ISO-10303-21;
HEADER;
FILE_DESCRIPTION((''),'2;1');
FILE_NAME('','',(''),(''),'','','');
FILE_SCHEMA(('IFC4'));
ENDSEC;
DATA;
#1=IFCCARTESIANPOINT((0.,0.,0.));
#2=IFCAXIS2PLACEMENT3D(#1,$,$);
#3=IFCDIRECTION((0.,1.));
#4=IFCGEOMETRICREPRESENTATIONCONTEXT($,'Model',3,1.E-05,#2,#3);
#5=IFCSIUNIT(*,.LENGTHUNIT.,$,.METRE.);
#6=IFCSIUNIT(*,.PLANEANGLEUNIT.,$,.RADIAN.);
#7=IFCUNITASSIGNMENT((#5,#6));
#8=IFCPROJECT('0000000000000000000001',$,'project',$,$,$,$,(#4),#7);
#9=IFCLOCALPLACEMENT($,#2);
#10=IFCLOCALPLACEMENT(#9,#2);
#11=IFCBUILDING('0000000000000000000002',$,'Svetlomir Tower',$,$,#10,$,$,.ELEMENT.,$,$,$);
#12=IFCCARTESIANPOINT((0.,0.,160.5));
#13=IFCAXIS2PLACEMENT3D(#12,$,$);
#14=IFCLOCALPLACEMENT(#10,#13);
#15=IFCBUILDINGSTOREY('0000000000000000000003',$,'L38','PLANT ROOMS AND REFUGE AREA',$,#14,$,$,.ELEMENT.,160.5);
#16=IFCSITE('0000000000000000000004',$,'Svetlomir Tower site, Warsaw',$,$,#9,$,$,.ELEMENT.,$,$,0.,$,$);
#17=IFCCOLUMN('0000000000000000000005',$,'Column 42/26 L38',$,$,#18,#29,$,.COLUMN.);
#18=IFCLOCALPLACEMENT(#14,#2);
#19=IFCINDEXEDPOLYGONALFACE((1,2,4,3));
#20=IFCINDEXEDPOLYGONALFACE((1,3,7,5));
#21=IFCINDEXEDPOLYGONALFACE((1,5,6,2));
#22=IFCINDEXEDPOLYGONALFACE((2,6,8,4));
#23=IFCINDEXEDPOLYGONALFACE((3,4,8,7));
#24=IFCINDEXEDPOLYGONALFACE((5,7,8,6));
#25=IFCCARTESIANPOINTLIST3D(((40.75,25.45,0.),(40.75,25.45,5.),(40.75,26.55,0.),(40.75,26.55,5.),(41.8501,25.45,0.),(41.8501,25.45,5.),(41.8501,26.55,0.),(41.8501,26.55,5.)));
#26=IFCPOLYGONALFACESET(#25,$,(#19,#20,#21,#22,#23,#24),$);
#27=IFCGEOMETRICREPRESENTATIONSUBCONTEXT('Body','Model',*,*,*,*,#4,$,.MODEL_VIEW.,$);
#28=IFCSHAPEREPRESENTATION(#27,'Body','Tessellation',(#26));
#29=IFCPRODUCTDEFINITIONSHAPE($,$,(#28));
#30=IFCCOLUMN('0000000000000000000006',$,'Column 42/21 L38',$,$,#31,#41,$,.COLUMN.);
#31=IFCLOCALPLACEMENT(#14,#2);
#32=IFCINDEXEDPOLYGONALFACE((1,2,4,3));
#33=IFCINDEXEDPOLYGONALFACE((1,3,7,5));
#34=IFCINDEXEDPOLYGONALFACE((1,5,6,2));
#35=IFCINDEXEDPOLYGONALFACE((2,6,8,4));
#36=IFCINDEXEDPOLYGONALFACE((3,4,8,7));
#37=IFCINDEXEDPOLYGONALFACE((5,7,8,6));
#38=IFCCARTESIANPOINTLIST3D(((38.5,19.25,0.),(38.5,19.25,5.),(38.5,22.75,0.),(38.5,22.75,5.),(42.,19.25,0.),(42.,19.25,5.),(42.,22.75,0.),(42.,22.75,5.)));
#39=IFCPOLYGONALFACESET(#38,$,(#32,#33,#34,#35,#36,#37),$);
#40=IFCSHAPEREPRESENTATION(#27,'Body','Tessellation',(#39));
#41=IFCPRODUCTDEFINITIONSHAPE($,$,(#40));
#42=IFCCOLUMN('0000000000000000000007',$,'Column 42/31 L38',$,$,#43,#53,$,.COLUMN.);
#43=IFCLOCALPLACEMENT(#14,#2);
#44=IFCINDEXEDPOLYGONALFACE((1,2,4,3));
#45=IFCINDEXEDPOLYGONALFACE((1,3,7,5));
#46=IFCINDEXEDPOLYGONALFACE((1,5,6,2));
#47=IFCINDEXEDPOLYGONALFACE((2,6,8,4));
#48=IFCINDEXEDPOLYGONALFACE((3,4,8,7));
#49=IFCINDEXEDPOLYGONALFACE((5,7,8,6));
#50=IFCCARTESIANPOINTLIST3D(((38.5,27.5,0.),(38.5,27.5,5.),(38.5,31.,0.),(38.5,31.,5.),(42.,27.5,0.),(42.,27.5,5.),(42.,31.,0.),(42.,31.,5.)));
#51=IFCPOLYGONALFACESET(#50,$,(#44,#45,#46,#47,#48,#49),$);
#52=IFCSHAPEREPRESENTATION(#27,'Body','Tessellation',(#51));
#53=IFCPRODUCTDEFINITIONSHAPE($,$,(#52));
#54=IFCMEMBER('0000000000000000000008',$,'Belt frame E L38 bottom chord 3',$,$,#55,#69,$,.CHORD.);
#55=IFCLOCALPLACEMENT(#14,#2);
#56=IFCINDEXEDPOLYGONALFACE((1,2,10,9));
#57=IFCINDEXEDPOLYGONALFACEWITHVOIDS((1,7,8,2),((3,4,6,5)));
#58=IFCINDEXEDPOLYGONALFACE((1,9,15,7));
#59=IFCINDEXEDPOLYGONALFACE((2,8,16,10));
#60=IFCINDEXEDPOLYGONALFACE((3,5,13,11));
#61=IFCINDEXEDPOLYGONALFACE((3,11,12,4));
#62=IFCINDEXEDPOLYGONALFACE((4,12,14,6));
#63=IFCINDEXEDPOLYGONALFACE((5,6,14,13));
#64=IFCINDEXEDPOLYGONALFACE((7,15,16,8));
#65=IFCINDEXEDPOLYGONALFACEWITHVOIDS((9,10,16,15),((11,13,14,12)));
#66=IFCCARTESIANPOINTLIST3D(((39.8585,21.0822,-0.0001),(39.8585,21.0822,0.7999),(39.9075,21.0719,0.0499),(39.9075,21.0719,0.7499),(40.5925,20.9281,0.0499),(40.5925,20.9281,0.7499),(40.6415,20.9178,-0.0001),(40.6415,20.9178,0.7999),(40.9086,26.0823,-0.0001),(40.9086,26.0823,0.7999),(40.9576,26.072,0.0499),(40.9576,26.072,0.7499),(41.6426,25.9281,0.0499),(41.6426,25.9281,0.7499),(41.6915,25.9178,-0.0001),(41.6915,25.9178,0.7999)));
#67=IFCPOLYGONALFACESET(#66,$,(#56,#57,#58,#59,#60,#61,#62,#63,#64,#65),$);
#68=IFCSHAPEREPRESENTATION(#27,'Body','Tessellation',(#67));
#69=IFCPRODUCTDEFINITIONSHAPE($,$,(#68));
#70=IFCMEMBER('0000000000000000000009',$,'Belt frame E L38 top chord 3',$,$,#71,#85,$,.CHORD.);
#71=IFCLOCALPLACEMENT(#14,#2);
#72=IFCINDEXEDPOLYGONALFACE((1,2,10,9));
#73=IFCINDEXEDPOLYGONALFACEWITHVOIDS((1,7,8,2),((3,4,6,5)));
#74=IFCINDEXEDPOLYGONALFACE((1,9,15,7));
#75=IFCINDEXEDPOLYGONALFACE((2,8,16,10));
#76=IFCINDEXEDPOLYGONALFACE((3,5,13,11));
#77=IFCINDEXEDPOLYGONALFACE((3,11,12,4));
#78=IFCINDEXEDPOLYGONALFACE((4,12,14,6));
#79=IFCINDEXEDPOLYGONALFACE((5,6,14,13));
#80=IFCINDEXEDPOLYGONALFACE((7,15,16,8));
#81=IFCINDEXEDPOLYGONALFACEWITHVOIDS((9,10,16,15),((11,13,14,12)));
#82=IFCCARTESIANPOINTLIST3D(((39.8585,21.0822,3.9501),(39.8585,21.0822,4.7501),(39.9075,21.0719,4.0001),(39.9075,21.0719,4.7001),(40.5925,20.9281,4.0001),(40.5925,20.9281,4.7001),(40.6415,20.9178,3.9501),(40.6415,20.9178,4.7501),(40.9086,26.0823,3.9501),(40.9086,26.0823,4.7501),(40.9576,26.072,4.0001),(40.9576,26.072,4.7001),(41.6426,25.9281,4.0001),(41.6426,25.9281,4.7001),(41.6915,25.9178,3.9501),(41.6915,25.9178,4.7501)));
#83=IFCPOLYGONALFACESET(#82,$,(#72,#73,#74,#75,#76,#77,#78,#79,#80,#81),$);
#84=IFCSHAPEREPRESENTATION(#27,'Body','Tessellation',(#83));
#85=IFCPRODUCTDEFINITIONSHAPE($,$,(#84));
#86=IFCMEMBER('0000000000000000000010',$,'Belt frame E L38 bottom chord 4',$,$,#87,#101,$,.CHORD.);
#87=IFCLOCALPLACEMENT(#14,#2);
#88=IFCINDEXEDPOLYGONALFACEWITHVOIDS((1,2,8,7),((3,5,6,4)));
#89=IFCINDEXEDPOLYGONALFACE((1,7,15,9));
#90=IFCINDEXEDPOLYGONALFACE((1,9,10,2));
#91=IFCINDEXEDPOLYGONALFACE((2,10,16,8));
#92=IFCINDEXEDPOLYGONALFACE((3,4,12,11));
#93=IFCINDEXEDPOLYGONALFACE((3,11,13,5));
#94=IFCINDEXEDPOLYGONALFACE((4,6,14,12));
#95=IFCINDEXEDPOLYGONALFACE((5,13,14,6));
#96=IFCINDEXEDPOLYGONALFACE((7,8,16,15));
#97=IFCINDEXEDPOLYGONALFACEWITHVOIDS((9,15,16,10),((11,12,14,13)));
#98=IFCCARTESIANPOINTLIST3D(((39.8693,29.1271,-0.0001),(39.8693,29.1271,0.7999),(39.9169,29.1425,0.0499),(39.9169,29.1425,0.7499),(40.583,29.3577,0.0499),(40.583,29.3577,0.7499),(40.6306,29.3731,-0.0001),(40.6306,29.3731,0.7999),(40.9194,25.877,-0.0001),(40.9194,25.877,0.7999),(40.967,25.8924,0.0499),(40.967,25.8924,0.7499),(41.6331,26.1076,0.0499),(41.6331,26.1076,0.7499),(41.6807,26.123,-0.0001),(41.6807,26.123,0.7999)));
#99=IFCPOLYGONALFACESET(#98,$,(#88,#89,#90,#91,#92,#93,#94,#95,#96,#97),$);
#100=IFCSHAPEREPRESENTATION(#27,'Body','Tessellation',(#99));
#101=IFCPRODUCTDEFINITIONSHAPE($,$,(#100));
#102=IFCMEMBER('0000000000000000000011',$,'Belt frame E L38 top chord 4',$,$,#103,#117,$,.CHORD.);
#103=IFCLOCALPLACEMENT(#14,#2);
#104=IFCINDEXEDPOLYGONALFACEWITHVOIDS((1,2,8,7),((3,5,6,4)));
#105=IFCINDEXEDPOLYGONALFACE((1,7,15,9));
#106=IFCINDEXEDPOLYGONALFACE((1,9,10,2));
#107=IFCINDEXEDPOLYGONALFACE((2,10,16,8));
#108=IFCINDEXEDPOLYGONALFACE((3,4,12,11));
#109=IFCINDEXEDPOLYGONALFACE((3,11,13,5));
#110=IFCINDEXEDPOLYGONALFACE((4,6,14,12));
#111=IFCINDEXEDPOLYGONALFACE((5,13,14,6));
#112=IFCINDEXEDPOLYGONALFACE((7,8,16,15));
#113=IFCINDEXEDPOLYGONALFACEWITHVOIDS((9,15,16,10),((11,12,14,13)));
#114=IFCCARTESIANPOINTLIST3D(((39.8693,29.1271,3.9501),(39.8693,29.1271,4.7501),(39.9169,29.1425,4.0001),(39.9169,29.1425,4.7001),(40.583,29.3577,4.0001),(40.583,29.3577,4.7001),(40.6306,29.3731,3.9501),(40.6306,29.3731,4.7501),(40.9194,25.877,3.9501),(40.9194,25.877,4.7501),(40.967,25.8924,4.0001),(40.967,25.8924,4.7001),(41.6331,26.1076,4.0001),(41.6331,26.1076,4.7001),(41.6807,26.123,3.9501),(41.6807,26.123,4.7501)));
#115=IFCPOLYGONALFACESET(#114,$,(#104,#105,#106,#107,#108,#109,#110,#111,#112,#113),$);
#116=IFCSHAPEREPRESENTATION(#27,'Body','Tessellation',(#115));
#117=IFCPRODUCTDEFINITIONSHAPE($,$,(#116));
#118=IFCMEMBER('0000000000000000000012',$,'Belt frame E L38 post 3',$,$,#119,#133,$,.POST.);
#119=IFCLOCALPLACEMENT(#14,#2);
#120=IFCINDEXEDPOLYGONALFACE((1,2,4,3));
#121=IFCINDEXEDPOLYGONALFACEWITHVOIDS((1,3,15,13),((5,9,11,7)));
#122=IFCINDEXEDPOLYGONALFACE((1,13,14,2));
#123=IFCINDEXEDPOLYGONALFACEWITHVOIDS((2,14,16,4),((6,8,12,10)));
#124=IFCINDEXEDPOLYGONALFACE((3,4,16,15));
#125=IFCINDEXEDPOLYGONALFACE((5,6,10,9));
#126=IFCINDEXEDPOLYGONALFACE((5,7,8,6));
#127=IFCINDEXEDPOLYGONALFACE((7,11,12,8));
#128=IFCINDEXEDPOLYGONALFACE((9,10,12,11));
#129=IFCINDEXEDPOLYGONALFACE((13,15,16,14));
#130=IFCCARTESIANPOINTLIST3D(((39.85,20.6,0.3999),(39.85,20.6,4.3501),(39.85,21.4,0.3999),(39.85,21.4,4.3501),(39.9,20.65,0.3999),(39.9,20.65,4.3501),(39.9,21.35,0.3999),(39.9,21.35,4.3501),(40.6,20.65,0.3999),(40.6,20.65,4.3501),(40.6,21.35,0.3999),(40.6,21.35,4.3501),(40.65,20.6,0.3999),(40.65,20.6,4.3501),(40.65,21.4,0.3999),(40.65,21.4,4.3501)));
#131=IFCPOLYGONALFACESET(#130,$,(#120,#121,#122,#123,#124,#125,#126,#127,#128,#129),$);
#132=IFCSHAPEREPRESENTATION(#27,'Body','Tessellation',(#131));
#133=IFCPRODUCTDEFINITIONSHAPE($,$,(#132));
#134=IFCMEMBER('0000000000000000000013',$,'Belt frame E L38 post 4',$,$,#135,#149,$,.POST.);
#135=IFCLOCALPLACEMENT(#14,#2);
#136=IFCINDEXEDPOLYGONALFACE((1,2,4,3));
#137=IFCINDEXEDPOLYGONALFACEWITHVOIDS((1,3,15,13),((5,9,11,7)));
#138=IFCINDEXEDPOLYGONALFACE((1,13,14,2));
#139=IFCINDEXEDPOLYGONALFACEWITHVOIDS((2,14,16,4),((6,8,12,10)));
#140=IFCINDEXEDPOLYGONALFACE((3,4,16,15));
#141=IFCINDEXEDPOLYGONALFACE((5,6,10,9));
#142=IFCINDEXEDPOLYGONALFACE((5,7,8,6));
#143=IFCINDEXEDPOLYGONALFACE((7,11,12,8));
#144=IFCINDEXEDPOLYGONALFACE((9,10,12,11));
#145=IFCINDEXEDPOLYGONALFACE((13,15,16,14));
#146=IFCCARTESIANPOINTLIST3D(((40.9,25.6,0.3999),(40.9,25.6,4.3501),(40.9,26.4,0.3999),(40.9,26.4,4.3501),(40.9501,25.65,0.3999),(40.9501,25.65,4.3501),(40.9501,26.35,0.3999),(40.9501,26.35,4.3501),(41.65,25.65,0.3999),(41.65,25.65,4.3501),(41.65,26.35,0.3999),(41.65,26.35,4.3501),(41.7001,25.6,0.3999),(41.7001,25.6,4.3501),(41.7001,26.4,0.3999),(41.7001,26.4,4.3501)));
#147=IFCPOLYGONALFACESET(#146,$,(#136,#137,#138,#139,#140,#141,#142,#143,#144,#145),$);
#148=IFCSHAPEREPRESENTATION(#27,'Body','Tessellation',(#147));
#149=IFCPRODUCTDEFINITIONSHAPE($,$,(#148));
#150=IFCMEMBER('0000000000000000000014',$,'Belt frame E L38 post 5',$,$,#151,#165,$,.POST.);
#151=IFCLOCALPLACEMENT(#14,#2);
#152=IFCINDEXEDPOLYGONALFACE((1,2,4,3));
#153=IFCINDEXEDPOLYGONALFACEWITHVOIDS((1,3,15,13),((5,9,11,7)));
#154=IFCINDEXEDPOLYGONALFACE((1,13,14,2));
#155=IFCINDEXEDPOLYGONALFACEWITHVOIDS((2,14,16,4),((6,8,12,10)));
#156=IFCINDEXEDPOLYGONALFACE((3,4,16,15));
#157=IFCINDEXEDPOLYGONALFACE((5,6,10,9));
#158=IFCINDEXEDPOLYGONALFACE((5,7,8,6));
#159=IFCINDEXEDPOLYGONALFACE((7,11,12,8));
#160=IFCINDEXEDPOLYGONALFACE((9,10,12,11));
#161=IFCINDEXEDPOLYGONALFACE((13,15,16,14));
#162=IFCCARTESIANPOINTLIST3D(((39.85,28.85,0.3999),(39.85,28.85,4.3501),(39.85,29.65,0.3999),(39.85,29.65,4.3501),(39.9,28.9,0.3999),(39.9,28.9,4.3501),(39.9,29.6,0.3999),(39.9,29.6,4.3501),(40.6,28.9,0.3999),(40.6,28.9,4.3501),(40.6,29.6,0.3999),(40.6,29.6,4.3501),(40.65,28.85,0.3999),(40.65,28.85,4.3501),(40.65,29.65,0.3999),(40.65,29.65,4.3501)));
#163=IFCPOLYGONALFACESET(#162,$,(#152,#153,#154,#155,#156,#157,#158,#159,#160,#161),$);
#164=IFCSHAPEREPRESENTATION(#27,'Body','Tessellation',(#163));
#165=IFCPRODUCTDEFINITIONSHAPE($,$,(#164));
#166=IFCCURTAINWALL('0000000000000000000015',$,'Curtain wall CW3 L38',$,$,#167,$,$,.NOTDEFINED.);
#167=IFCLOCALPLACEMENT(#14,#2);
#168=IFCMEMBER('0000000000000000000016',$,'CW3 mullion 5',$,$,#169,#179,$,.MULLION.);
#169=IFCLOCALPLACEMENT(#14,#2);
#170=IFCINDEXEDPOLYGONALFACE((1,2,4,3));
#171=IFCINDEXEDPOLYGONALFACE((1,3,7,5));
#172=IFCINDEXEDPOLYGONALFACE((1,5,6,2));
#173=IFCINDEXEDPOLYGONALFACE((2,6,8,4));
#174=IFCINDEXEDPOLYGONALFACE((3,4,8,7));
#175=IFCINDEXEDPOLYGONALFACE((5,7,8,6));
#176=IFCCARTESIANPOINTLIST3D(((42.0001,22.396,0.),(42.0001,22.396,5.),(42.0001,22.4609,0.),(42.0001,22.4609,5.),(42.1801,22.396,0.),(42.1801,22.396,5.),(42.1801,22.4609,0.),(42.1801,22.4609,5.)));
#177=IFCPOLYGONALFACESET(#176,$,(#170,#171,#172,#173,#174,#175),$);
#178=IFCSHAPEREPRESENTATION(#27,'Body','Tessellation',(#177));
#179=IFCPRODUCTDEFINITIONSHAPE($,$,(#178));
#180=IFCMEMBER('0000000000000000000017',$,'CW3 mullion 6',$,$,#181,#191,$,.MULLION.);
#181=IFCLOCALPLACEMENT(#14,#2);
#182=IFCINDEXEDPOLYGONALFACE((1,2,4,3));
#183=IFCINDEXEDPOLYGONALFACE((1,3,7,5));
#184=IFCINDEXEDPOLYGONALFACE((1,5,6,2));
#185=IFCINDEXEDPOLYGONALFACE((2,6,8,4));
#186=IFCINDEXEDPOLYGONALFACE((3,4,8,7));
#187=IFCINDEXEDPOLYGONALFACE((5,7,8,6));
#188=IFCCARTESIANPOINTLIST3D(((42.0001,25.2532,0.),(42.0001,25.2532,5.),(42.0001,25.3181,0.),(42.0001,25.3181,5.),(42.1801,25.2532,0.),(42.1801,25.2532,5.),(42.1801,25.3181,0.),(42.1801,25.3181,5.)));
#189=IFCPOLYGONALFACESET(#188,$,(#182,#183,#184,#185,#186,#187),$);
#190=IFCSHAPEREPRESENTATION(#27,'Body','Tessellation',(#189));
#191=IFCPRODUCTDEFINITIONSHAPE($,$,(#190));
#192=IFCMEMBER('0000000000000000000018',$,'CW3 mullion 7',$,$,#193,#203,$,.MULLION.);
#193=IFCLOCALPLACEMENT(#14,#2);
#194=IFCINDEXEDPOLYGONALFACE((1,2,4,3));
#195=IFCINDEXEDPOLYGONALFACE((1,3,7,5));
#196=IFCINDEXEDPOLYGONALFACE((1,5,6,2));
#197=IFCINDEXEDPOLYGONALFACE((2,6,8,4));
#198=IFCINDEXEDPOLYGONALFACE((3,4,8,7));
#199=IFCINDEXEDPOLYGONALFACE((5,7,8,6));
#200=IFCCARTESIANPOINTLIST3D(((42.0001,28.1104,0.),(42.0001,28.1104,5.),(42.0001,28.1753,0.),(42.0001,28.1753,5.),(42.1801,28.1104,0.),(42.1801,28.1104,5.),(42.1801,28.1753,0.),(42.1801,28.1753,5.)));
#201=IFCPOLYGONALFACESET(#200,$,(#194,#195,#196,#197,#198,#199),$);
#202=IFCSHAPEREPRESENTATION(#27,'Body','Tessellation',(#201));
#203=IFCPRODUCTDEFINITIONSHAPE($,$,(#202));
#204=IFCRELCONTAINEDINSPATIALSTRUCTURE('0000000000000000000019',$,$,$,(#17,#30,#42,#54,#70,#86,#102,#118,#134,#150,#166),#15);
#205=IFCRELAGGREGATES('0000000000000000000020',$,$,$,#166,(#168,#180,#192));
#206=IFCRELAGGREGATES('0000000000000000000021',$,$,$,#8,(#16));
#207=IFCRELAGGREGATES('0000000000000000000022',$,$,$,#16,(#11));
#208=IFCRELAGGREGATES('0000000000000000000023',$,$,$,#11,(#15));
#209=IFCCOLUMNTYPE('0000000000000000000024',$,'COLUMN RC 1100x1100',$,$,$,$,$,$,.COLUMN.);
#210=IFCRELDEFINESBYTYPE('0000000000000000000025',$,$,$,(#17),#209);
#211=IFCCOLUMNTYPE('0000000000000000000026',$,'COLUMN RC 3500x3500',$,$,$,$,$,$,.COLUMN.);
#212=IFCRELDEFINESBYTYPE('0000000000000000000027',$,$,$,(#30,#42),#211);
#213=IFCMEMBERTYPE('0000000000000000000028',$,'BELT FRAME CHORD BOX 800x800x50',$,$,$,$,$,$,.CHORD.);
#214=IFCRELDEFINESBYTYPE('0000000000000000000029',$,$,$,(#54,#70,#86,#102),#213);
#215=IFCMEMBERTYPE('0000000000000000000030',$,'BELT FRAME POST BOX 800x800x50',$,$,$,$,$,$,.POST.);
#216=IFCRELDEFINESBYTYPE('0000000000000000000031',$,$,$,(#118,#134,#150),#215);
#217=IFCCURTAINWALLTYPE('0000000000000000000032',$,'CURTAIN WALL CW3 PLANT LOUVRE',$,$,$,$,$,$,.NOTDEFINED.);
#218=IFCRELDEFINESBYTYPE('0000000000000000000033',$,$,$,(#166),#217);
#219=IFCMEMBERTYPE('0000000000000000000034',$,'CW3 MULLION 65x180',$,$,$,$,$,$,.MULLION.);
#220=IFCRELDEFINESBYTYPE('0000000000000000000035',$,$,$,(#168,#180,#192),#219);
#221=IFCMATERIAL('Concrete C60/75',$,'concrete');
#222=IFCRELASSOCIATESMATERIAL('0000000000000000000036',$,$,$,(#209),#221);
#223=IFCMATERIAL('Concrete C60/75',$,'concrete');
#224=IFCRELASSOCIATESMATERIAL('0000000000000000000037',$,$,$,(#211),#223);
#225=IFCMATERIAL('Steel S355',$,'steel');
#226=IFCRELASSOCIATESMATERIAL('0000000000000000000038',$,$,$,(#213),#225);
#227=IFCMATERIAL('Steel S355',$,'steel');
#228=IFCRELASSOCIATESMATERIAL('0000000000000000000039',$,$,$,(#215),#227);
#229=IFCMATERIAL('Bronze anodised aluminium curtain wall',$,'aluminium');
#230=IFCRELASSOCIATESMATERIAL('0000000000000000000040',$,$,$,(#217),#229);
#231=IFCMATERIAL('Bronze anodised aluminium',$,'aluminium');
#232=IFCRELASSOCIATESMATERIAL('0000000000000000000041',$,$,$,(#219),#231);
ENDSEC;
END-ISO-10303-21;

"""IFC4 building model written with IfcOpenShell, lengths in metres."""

from ifc_helpers import new_model, si_unit, direction, frame, origin, origin_2d, place, context, subcontext, project, spatial, rectangle, hollow_rectangle, extrude, material, material_profile, profile_set, type_object, element, aggregate, save


model = new_model("IFC4")

# Units and contexts
model_context = context("Model", 3, precision=1e-05, world=origin(), true_north=direction((0.0, 1.0)))
body_context = subcontext(model_context, "Body", "Model", "MODEL_VIEW")
ifc_project = project(units=[si_unit("LENGTHUNIT", "METRE"), si_unit("PLANEANGLEUNIT", "RADIAN")], contexts=[model_context])

# Site, building, storey
site_placement = place(None, origin())
site = spatial("IfcSite", under=ifc_project, at=site_placement, Name="Svetlomir Tower site, Warsaw", CompositionType="ELEMENT", RefElevation=0.0)
building_placement = place(site_placement, origin())
building = spatial("IfcBuilding", under=site, at=building_placement, Name="Svetlomir Tower", CompositionType="ELEMENT")
storey_placement = place(building_placement, frame((0.0, 0.0, 160.5)))
storey = spatial("IfcBuildingStorey", under=building, at=storey_placement, Name="L38", Description="PLANT ROOMS AND REFUGE AREA", CompositionType="ELEMENT", Elevation=160.5)

# Columns
ifc_material_1 = material(Name="Concrete C60/75", Category="concrete")
ifc_material_profile_1 = material_profile(ifc_material_1, rectangle(XDim=1.1001, YDim=1.1001, at=origin_2d()), Name="RC 1100x1100")
ifc_profile_set_1 = profile_set([ifc_material_profile_1], Name="Concrete C60/75")
column_type_1 = type_object("IfcColumnType", Name="COLUMN RC 1100x1100", PredefinedType="COLUMN", material=ifc_profile_set_1)
column_placement = place(storey_placement, frame((41.3, 26.0, 0.0), z_axis=(0.0, 0.0, 1.0), x_axis=(1.0, 0.0, 0.0)))
element("IfcColumn", 1, at=column_placement, inside=storey, type_object=column_type_1, Name="Column 42/26 L38", PredefinedType="COLUMN", context=body_context, shape_type="SweptSolid", body=[
    extrude(rectangle(XDim=1.1001, YDim=1.1001, at=origin_2d()), origin(), (0.0, 0.0, 1.0), 5.0),
])
ifc_material_2 = material(Name="Concrete C60/75", Category="concrete")
ifc_material_profile_2 = material_profile(ifc_material_2, rectangle(XDim=3.5, YDim=3.5, at=origin_2d()), Name="RC 3500x3500")
ifc_profile_set_2 = profile_set([ifc_material_profile_2], Name="Concrete C60/75")
column_type_2 = type_object("IfcColumnType", Name="COLUMN RC 3500x3500", PredefinedType="COLUMN", material=ifc_profile_set_2)
for number, where, z_axis, x_axis, name in (
    (2, (40.25, 21.0, 0.0), (0.0, 0.0, 1.0), (1.0, 0.0, 0.0), "Column 42/21 L38"),
    (3, (40.25, 29.25, 0.0), (0.0, 0.0, 1.0), (1.0, 0.0, 0.0), "Column 42/31 L38"),
):
    element("IfcColumn", number, at=place(storey_placement, frame(where, z_axis=z_axis, x_axis=x_axis)), inside=storey, type_object=column_type_2, Name=name, PredefinedType="COLUMN", context=body_context, shape_type="SweptSolid", body=[
        extrude(rectangle(XDim=3.5, YDim=3.5, at=origin_2d()), origin(), (0.0, 0.0, 1.0), 5.0),
    ])

# Members
ifc_material_3 = material(Name="Steel S355", Category="steel")
ifc_material_profile_3 = material_profile(ifc_material_3, hollow_rectangle(XDim=0.8, YDim=0.8, WallThickness=0.05, at=origin_2d()), Name="BOX 800x800x50")
ifc_profile_set_3 = profile_set([ifc_material_profile_3], Name="Steel S355")
member_type_1 = type_object("IfcMemberType", Name="BELT FRAME CHORD BOX 800x800x50", PredefinedType="CHORD", material=ifc_profile_set_3)
for number, where, z_axis, x_axis, name in (
    (4, (40.25, 21.0, 0.3999), (0.205526, 0.978652, 0.0), (-0.978652, 0.205526, 0.0), "Belt frame E L38 bottom chord 3"),
    (5, (40.25, 21.0, 4.3501), (0.205526, 0.978652, 0.0), (-0.978652, 0.205526, 0.0), "Belt frame E L38 top chord 3"),
):
    element("IfcMember", number, at=place(storey_placement, frame(where, z_axis=z_axis, x_axis=x_axis)), inside=storey, type_object=member_type_1, Name=name, PredefinedType="CHORD", context=body_context, shape_type="SweptSolid", body=[
        extrude(hollow_rectangle(XDim=0.8, YDim=0.8, WallThickness=0.05, at=origin_2d()), origin(), (0.0, 0.0, 1.0), 5.1091),
    ])
for number, where, z_axis, x_axis, name in (
    (6, (41.3, 26.0, 0.3999), (-0.307443, 0.951566, 0.0), (-0.951566, -0.307443, 0.0), "Belt frame E L38 bottom chord 4"),
    (7, (41.3, 26.0, 4.3501), (-0.307443, 0.951566, 0.0), (-0.951566, -0.307443, 0.0), "Belt frame E L38 top chord 4"),
):
    element("IfcMember", number, at=place(storey_placement, frame(where, z_axis=z_axis, x_axis=x_axis)), inside=storey, type_object=member_type_1, Name=name, PredefinedType="CHORD", context=body_context, shape_type="SweptSolid", body=[
        extrude(hollow_rectangle(XDim=0.8, YDim=0.8, WallThickness=0.05, at=origin_2d()), origin(), (0.0, 0.0, 1.0), 3.4155),
    ])
ifc_material_4 = material(Name="Steel S355", Category="steel")
ifc_material_profile_4 = material_profile(ifc_material_4, hollow_rectangle(XDim=0.8, YDim=0.8, WallThickness=0.05, at=origin_2d()), Name="BOX 800x800x50")
ifc_profile_set_4 = profile_set([ifc_material_profile_4], Name="Steel S355")
member_type_2 = type_object("IfcMemberType", Name="BELT FRAME POST BOX 800x800x50", PredefinedType="POST", material=ifc_profile_set_4)
for number, where, z_axis, x_axis, name in (
    (8, (40.25, 21.0, 0.3999), (0.0, 0.0, 1.0), (1.0, 0.0, 0.0), "Belt frame E L38 post 3"),
    (9, (41.3, 26.0, 0.3999), (0.0, 0.0, 1.0), (1.0, 0.0, 0.0), "Belt frame E L38 post 4"),
    (10, (40.25, 29.25, 0.3999), (0.0, 0.0, 1.0), (1.0, 0.0, 0.0), "Belt frame E L38 post 5"),
):
    element("IfcMember", number, at=place(storey_placement, frame(where, z_axis=z_axis, x_axis=x_axis)), inside=storey, type_object=member_type_2, Name=name, PredefinedType="POST", context=body_context, shape_type="SweptSolid", body=[
        extrude(hollow_rectangle(XDim=0.8, YDim=0.8, WallThickness=0.05, at=origin_2d()), origin(), (0.0, 0.0, 1.0), 3.9502),
    ])

# Curtain wall, members
ifc_material_5 = material(Name="Bronze anodised aluminium curtain wall", Category="aluminium")
curtain_wall_type = type_object("IfcCurtainWallType", Name="CURTAIN WALL CW3 PLANT LOUVRE", PredefinedType="NOTDEFINED", material=ifc_material_5)
curtain_wall_1_placement = place(storey_placement, origin())
curtain_wall_1 = element("IfcCurtainWall", 11, at=curtain_wall_1_placement, inside=storey, type_object=curtain_wall_type, Name="Curtain wall CW3 L38", PredefinedType="NOTDEFINED")
ifc_material_6 = material(Name="Bronze anodised aluminium", Category="aluminium")
ifc_material_profile_5 = material_profile(ifc_material_6, rectangle(XDim=0.0649, YDim=0.1799, at=origin_2d()), Name="AL 65x180")
ifc_profile_set_5 = profile_set([ifc_material_profile_5], Name="Bronze anodised aluminium 6063-T6")
member_type_3 = type_object("IfcMemberType", Name="CW3 MULLION 65x180", PredefinedType="MULLION", material=ifc_profile_set_5)
member_1_placement = place(storey_placement, frame((42.0901, 22.4285, 0.0), z_axis=(0.0, 0.0, 1.0), x_axis=(0.0, 1.0, 0.0)))
member_1 = element("IfcMember", 12, at=member_1_placement, type_object=member_type_3, Name="CW3 mullion 5", PredefinedType="MULLION", context=body_context, shape_type="SweptSolid", body=[
    extrude(rectangle(XDim=0.0649, YDim=0.1799, at=origin_2d()), origin(), (0.0, 0.0, 1.0), 5.0),
])
member_2_placement = place(storey_placement, frame((42.0901, 25.2856, 0.0), z_axis=(0.0, 0.0, 1.0), x_axis=(0.0, 1.0, 0.0)))
member_2 = element("IfcMember", 13, at=member_2_placement, type_object=member_type_3, Name="CW3 mullion 6", PredefinedType="MULLION", context=body_context, shape_type="SweptSolid", body=[
    extrude(rectangle(XDim=0.0649, YDim=0.1799, at=origin_2d()), origin(), (0.0, 0.0, 1.0), 5.0),
])
member_3_placement = place(storey_placement, frame((42.0901, 28.1428, 0.0), z_axis=(0.0, 0.0, 1.0), x_axis=(0.0, 1.0, 0.0)))
member_3 = element("IfcMember", 14, at=member_3_placement, type_object=member_type_3, Name="CW3 mullion 7", PredefinedType="MULLION", context=body_context, shape_type="SweptSolid", body=[
    extrude(rectangle(XDim=0.0649, YDim=0.1799, at=origin_2d()), origin(), (0.0, 0.0, 1.0), 5.0),
])

aggregate(curtain_wall_1, [member_1, member_2, member_3])

save(model, "model.ifc")
